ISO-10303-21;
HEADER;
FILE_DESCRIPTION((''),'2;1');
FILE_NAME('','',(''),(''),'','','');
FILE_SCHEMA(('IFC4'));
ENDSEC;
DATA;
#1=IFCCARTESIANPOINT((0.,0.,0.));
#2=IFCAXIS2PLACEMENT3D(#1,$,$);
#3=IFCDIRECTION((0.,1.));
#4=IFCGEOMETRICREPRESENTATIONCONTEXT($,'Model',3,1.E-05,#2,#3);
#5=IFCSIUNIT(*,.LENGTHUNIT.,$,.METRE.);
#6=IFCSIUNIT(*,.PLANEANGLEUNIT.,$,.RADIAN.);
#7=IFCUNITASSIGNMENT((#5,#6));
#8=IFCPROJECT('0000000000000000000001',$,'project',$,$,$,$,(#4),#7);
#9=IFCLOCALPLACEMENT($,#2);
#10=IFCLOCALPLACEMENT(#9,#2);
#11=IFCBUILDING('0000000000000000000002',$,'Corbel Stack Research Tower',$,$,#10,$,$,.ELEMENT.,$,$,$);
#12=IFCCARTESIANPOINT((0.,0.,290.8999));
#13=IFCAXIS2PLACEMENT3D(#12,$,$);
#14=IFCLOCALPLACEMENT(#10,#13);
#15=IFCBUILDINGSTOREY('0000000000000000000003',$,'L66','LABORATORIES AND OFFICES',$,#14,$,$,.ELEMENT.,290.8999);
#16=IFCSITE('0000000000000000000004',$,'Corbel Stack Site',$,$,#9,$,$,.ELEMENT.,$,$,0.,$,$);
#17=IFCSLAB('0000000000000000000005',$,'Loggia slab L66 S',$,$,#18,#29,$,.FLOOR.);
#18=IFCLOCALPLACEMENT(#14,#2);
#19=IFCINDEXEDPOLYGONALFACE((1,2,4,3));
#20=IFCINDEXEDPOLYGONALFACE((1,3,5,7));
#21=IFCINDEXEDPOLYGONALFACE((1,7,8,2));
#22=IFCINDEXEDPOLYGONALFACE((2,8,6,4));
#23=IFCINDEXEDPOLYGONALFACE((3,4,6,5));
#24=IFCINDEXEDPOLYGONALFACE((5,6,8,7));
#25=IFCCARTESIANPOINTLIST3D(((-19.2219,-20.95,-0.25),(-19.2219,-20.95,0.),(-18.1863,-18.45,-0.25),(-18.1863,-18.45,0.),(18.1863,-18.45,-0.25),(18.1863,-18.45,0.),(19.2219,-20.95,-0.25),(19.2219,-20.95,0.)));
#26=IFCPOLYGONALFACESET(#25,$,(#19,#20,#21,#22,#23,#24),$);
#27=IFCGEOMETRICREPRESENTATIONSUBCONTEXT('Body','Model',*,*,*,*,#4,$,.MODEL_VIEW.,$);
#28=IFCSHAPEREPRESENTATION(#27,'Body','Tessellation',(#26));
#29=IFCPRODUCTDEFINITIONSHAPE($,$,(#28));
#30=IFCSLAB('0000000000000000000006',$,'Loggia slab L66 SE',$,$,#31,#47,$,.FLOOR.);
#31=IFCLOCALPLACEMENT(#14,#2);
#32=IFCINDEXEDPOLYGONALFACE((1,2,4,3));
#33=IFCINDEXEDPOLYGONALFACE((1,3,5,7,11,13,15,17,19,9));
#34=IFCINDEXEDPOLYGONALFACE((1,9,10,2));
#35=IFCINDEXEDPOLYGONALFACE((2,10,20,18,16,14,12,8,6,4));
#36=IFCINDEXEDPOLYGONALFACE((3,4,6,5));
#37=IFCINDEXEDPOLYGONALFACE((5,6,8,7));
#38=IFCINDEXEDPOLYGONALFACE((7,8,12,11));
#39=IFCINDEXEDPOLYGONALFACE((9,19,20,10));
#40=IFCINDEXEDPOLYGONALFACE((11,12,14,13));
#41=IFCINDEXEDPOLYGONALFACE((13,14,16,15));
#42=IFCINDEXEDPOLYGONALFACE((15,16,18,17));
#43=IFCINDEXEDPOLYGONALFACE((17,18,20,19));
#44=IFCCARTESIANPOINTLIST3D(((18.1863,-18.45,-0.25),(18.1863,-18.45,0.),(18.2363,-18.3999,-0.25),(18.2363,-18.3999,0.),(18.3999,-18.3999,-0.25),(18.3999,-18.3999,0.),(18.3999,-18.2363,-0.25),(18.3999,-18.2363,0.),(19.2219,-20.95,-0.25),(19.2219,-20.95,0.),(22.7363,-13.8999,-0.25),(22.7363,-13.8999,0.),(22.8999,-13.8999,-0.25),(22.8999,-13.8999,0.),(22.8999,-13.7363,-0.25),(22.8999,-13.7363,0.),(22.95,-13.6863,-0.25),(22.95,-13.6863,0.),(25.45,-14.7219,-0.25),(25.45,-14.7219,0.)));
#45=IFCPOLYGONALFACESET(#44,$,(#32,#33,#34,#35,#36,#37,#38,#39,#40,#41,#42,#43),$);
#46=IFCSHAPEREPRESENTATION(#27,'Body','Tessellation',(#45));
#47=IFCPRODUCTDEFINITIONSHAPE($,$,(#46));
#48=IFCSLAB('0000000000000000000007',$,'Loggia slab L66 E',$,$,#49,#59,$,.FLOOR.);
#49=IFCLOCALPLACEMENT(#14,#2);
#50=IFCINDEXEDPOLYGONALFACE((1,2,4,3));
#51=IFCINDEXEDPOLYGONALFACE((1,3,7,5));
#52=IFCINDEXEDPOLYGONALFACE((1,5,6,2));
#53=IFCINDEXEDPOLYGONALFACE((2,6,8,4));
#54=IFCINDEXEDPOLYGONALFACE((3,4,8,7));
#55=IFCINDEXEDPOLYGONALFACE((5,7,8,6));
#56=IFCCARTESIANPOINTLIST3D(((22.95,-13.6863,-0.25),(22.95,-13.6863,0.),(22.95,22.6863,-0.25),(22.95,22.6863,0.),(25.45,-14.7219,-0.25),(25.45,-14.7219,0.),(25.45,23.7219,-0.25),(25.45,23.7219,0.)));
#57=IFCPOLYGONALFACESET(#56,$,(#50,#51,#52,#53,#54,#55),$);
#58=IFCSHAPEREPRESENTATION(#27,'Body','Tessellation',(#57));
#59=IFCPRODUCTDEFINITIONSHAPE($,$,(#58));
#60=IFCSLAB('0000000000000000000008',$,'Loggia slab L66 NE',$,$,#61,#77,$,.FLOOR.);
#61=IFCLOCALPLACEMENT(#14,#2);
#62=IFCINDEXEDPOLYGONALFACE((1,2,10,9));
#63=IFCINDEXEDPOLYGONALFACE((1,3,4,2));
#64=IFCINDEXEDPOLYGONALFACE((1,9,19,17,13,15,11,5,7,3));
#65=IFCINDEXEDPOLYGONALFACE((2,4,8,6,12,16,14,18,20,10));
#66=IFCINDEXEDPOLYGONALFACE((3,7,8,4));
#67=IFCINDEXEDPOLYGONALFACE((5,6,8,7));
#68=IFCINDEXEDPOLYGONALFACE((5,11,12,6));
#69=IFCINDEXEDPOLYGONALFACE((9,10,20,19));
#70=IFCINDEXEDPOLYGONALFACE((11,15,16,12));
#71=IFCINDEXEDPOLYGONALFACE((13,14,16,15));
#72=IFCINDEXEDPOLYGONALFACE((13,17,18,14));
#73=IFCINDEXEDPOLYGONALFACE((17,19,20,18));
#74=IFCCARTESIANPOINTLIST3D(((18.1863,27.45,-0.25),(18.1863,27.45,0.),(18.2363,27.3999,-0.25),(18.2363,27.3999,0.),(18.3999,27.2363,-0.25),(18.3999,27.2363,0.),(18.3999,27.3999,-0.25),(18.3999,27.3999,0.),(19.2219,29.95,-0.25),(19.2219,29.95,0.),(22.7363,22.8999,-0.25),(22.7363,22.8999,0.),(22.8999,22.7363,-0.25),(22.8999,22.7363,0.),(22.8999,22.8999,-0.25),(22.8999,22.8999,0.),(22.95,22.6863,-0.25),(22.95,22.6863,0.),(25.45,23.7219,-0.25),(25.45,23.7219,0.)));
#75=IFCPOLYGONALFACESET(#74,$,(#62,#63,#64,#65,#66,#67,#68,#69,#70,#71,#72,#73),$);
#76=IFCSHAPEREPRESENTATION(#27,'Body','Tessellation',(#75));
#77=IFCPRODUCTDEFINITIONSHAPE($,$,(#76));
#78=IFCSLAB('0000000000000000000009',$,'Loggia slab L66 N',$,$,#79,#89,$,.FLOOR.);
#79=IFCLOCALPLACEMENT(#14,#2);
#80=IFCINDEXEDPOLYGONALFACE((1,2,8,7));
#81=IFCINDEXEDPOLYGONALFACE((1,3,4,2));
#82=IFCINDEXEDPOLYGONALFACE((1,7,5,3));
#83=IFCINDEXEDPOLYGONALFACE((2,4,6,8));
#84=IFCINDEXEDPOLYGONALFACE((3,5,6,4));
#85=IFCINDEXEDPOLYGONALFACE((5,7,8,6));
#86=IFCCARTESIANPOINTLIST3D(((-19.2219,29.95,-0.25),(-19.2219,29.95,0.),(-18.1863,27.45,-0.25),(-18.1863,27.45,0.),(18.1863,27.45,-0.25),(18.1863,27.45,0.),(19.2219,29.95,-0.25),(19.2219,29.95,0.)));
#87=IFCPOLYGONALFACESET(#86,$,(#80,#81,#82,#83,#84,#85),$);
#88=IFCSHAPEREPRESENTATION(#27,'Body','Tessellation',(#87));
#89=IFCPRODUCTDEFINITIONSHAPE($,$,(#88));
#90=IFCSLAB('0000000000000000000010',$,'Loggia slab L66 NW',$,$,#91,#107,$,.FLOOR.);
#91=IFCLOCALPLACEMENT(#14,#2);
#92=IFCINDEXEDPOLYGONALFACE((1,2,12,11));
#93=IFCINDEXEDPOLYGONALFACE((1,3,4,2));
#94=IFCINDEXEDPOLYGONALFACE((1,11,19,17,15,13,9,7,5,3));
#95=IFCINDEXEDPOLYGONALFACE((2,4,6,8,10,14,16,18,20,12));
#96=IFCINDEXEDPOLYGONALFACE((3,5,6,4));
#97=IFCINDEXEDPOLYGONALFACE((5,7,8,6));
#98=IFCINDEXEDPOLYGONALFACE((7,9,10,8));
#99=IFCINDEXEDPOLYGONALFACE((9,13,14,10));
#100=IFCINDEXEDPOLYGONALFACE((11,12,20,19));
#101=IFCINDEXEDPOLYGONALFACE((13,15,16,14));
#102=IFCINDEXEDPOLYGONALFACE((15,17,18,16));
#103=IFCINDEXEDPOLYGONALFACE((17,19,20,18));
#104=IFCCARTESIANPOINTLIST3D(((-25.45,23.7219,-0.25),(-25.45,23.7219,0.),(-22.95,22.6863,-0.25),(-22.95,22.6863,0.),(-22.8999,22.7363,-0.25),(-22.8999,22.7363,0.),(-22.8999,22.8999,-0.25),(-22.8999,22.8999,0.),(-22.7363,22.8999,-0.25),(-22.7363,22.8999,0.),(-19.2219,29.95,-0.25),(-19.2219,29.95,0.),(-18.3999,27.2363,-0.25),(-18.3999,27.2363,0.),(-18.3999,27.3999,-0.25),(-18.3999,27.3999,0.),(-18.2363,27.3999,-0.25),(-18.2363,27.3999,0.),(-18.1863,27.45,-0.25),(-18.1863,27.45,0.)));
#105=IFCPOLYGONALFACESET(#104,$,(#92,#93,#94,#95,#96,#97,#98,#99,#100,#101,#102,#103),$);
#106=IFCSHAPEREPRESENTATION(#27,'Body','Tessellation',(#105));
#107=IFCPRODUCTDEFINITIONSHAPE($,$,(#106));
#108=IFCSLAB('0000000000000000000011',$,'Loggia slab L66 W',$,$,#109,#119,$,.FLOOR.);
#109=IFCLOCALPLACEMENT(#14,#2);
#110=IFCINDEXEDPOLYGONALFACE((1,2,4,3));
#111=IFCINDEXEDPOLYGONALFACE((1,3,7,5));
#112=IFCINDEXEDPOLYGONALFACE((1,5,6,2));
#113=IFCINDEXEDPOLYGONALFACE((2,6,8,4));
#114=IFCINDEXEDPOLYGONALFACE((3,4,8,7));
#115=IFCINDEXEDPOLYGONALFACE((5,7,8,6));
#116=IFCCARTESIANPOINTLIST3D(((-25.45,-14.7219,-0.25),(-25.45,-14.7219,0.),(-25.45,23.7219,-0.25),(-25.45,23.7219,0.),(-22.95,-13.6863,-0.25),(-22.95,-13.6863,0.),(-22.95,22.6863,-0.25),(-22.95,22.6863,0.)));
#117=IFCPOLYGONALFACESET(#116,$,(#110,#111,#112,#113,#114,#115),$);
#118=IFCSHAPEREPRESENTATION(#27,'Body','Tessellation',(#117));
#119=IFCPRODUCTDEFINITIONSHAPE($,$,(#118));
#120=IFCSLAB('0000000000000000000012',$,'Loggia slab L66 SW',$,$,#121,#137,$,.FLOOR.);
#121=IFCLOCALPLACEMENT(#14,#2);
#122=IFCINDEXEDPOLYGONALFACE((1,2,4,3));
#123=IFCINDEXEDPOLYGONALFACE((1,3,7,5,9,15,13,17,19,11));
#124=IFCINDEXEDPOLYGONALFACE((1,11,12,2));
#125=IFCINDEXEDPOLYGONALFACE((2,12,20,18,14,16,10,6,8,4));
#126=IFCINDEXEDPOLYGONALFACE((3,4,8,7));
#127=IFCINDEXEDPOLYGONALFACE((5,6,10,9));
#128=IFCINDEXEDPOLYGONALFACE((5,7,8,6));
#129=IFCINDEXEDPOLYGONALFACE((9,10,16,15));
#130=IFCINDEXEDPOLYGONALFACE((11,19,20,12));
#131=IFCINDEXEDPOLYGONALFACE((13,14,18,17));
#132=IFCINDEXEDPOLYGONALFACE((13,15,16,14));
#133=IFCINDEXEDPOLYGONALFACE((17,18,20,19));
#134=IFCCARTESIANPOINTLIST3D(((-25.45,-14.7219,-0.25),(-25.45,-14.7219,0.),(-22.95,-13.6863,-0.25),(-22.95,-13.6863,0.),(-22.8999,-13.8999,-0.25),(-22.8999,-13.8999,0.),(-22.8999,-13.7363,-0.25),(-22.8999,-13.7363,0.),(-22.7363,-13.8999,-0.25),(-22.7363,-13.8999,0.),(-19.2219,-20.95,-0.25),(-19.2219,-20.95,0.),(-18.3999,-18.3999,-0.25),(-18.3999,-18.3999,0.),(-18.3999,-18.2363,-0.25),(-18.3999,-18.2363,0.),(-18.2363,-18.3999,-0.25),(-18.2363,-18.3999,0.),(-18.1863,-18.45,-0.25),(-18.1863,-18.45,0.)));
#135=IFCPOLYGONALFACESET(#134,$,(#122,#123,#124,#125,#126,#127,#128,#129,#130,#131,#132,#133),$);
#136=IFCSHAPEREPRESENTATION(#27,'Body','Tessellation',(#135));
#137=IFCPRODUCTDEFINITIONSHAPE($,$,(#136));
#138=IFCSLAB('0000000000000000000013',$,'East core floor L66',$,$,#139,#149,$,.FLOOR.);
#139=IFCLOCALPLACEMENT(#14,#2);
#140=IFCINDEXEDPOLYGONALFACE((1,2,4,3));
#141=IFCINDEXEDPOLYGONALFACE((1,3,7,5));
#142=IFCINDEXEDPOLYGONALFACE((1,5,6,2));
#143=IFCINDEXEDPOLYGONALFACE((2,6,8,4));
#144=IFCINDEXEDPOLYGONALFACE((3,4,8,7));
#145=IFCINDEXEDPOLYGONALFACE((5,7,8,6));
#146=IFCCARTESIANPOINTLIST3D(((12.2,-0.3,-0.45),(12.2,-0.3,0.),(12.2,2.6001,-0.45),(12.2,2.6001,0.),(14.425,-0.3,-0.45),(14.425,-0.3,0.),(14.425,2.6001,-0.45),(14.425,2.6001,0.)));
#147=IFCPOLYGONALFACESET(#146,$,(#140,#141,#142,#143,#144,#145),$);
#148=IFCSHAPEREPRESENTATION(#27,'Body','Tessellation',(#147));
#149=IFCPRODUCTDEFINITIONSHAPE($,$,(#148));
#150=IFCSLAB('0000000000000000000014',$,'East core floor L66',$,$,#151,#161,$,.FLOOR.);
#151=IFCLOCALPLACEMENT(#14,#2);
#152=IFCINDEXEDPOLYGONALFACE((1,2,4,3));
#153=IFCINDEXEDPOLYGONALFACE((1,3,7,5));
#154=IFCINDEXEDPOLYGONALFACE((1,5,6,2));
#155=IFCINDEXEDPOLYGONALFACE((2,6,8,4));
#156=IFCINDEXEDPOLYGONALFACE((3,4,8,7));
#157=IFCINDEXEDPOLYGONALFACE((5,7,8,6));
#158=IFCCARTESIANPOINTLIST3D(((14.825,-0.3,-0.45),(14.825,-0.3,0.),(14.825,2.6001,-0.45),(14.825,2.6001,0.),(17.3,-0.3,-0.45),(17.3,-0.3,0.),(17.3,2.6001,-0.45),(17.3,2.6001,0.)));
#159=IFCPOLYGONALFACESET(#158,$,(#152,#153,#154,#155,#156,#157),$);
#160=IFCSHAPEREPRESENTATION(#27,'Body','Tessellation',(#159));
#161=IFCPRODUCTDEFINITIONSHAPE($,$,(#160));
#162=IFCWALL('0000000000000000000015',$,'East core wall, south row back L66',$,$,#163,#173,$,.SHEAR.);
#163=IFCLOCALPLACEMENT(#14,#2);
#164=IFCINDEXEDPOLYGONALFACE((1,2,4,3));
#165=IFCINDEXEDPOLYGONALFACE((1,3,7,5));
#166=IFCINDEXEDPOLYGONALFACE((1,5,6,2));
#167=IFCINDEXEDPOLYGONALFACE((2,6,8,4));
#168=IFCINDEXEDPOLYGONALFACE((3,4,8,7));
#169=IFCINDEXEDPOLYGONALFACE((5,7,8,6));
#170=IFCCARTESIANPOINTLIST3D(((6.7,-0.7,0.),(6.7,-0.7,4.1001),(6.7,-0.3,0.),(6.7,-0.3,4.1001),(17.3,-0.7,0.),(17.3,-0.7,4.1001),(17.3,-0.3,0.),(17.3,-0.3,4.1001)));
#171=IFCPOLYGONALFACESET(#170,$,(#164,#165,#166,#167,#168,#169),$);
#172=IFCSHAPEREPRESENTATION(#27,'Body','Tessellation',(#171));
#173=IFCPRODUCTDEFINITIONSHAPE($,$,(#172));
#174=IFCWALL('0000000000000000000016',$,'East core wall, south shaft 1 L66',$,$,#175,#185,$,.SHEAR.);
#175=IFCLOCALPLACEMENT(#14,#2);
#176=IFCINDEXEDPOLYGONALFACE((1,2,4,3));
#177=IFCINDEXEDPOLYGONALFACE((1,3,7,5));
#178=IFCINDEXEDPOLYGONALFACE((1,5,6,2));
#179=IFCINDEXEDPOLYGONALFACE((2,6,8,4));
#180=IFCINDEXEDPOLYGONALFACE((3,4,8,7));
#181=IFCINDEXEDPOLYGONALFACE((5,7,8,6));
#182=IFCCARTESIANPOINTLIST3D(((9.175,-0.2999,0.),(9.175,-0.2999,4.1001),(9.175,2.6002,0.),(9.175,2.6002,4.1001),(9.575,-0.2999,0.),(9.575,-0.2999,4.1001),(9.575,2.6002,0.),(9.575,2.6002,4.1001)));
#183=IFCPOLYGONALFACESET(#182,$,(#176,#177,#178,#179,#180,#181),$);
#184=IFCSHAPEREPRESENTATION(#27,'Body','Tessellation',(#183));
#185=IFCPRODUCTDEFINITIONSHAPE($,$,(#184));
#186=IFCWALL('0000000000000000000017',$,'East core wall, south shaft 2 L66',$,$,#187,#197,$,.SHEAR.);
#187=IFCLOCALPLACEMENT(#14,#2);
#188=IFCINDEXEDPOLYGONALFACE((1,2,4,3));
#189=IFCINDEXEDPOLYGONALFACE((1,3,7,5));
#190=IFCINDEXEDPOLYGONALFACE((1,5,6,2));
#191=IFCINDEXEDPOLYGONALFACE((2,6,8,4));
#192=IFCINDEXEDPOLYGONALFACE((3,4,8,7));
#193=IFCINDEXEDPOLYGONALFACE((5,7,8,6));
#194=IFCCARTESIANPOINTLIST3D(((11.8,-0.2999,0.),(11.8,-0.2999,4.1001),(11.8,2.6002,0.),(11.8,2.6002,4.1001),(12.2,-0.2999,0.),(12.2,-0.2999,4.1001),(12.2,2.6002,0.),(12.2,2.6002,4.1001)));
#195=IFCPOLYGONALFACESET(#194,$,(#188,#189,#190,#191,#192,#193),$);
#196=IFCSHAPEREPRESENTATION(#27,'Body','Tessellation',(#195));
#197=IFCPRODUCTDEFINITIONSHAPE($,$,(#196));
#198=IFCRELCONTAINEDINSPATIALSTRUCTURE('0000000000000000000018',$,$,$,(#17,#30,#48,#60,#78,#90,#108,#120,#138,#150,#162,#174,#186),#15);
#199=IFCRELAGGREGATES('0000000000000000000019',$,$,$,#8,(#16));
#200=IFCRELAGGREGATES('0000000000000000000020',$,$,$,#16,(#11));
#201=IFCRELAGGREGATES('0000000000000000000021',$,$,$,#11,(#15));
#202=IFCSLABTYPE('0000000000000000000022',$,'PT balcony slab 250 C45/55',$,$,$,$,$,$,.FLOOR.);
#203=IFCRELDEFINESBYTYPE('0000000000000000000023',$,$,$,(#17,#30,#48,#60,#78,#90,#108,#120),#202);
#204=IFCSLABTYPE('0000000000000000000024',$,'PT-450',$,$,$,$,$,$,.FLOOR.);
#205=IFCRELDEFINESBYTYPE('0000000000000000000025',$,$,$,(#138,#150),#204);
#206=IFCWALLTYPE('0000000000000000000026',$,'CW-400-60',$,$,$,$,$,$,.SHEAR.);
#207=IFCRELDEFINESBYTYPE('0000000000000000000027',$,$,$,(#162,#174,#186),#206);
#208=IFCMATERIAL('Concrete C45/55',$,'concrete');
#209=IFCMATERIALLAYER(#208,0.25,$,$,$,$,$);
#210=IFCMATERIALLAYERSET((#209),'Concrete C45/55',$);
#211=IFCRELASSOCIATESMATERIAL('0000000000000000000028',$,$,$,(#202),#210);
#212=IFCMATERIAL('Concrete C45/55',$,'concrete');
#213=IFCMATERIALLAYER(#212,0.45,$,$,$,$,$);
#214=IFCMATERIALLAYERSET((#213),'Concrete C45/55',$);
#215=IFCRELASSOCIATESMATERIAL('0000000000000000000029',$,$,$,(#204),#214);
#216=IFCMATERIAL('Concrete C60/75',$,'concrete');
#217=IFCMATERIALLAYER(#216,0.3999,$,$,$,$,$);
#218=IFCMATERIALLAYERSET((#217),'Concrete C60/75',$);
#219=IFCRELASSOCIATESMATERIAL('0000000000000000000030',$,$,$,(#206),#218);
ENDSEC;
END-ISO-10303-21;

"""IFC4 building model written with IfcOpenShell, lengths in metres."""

from ifc_helpers import new_model, si_unit, direction, frame, frame_2d, origin, place, context, subcontext, project, spatial, polyline, rectangle, outline, extrude, material, layer, layer_set, type_object, element, save


model = new_model("IFC4")

# Units and contexts
model_context = context("Model", 3, precision=1e-05, world=origin(), true_north=direction((0.0, 1.0)))
body_context = subcontext(model_context, "Body", "Model", "MODEL_VIEW")
ifc_project = project(units=[si_unit("LENGTHUNIT", "METRE"), si_unit("PLANEANGLEUNIT", "RADIAN")], contexts=[model_context])

# Site, building, storey
site_placement = place(None, origin())
site = spatial("IfcSite", under=ifc_project, at=site_placement, Name="Corbel Stack Site", CompositionType="ELEMENT", RefElevation=0.0)
building_placement = place(site_placement, origin())
building = spatial("IfcBuilding", under=site, at=building_placement, Name="Corbel Stack Research Tower", CompositionType="ELEMENT")
storey_placement = place(building_placement, frame((0.0, 0.0, 290.8999)))
storey = spatial("IfcBuildingStorey", under=building, at=storey_placement, Name="L66", Description="LABORATORIES AND OFFICES", CompositionType="ELEMENT", Elevation=290.8999)

# Slabs
ifc_material_1 = material(Name="Concrete C45/55", Category="concrete")
ifc_layer_1 = layer(ifc_material_1, 0.25)
ifc_layer_set_1 = layer_set([ifc_layer_1], Name="Concrete C45/55")
slab_type_1 = type_object("IfcSlabType", Name="PT balcony slab 250 C45/55", PredefinedType="FLOOR", material=ifc_layer_set_1)
slab_1_placement = place(storey_placement, frame((0.0, 0.0, -0.25)))
element("IfcSlab", 1, at=slab_1_placement, inside=storey, type_object=slab_type_1, Name="Loggia slab L66 S", PredefinedType="FLOOR", context=body_context, shape_type="SweptSolid", body=[
    extrude(outline(polyline([(18.1863, -18.45), (-18.1863, -18.45), (-19.2219, -20.95), (19.2219, -20.95), (18.1863, -18.45)])), origin(), (0.0, 0.0, 1.0), 0.25),
])
slab_2_placement = place(storey_placement, frame((0.0, 0.0, -0.25)))
element("IfcSlab", 2, at=slab_2_placement, inside=storey, type_object=slab_type_1, Name="Loggia slab L66 SE", PredefinedType="FLOOR", context=body_context, shape_type="SweptSolid", body=[
    extrude(outline(polyline([(22.95, -13.6863), (22.8999, -13.7363), (22.8999, -13.8999), (22.7363, -13.8999), (18.3999, -18.2363), (18.3999, -18.3999), (18.2363, -18.3999), (18.1863, -18.45), (19.2219, -20.95), (25.45, -14.7219), (22.95, -13.6863)])), origin(), (0.0, 0.0, 1.0), 0.25),
])
slab_3_placement = place(storey_placement, frame((0.0, 0.0, -0.25)))
element("IfcSlab", 3, at=slab_3_placement, inside=storey, type_object=slab_type_1, Name="Loggia slab L66 E", PredefinedType="FLOOR", context=body_context, shape_type="SweptSolid", body=[
    extrude(outline(polyline([(22.95, 22.6863), (22.95, -13.6863), (25.45, -14.7219), (25.45, 23.7219), (22.95, 22.6863)])), origin(), (0.0, 0.0, 1.0), 0.25),
])
slab_4_placement = place(storey_placement, frame((0.0, 0.0, -0.25)))
element("IfcSlab", 4, at=slab_4_placement, inside=storey, type_object=slab_type_1, Name="Loggia slab L66 NE", PredefinedType="FLOOR", context=body_context, shape_type="SweptSolid", body=[
    extrude(outline(polyline([(18.1863, 27.45), (18.2363, 27.3999), (18.3999, 27.3999), (18.3999, 27.2363), (22.7363, 22.8999), (22.8999, 22.8999), (22.8999, 22.7363), (22.95, 22.6863), (25.45, 23.7219), (19.2219, 29.95), (18.1863, 27.45)])), origin(), (0.0, 0.0, 1.0), 0.25),
])
slab_5_placement = place(storey_placement, frame((0.0, 0.0, -0.25)))
element("IfcSlab", 5, at=slab_5_placement, inside=storey, type_object=slab_type_1, Name="Loggia slab L66 N", PredefinedType="FLOOR", context=body_context, shape_type="SweptSolid", body=[
    extrude(outline(polyline([(-18.1863, 27.45), (18.1863, 27.45), (19.2219, 29.95), (-19.2219, 29.95), (-18.1863, 27.45)])), origin(), (0.0, 0.0, 1.0), 0.25),
])
slab_6_placement = place(storey_placement, frame((0.0, 0.0, -0.25)))
element("IfcSlab", 6, at=slab_6_placement, inside=storey, type_object=slab_type_1, Name="Loggia slab L66 NW", PredefinedType="FLOOR", context=body_context, shape_type="SweptSolid", body=[
    extrude(outline(polyline([(-22.95, 22.6863), (-22.8999, 22.7363), (-22.8999, 22.8999), (-22.7363, 22.8999), (-18.3999, 27.2363), (-18.3999, 27.3999), (-18.2363, 27.3999), (-18.1863, 27.45), (-19.2219, 29.95), (-25.45, 23.7219), (-22.95, 22.6863)])), origin(), (0.0, 0.0, 1.0), 0.25),
])
slab_7_placement = place(storey_placement, frame((0.0, 0.0, -0.25)))
element("IfcSlab", 7, at=slab_7_placement, inside=storey, type_object=slab_type_1, Name="Loggia slab L66 W", PredefinedType="FLOOR", context=body_context, shape_type="SweptSolid", body=[
    extrude(outline(polyline([(-22.95, -13.6863), (-22.95, 22.6863), (-25.45, 23.7219), (-25.45, -14.7219), (-22.95, -13.6863)])), origin(), (0.0, 0.0, 1.0), 0.25),
])
slab_8_placement = place(storey_placement, frame((0.0, 0.0, -0.25)))
element("IfcSlab", 8, at=slab_8_placement, inside=storey, type_object=slab_type_1, Name="Loggia slab L66 SW", PredefinedType="FLOOR", context=body_context, shape_type="SweptSolid", body=[
    extrude(outline(polyline([(-18.1863, -18.45), (-18.2363, -18.3999), (-18.3999, -18.3999), (-18.3999, -18.2363), (-22.7363, -13.8999), (-22.8999, -13.8999), (-22.8999, -13.7363), (-22.95, -13.6863), (-25.45, -14.7219), (-19.2219, -20.95), (-18.1863, -18.45)])), origin(), (0.0, 0.0, 1.0), 0.25),
])
ifc_material_2 = material(Name="Concrete C45/55", Category="concrete")
ifc_layer_2 = layer(ifc_material_2, 0.45)
ifc_layer_set_2 = layer_set([ifc_layer_2], Name="Concrete C45/55")
slab_type_2 = type_object("IfcSlabType", Name="PT-450", PredefinedType="FLOOR", material=ifc_layer_set_2)
slab_9_placement = place(storey_placement, frame((0.0, 0.0, -0.45)))
element("IfcSlab", 9, at=slab_9_placement, inside=storey, type_object=slab_type_2, Name="East core floor L66", PredefinedType="FLOOR", context=body_context, shape_type="SweptSolid", body=[
    extrude(outline(polyline([(12.2, 2.6001), (12.2, -0.3), (14.425, -0.3), (14.425, 2.6001), (12.2, 2.6001)])), origin(), (0.0, 0.0, 1.0), 0.45),
])
slab_10_placement = place(storey_placement, frame((0.0, 0.0, -0.45)))
element("IfcSlab", 10, at=slab_10_placement, inside=storey, type_object=slab_type_2, Name="East core floor L66", PredefinedType="FLOOR", context=body_context, shape_type="SweptSolid", body=[
    extrude(outline(polyline([(14.825, 2.6001), (14.825, -0.3), (17.3, -0.3), (17.3, 2.6001), (14.825, 2.6001)])), origin(), (0.0, 0.0, 1.0), 0.45),
])

# Walls
ifc_material_3 = material(Name="Concrete C60/75", Category="concrete")
ifc_layer_3 = layer(ifc_material_3, 0.3999)
ifc_layer_set_3 = layer_set([ifc_layer_3], Name="Concrete C60/75")
wall_type_1 = type_object("IfcWallType", Name="CW-400-60", PredefinedType="SHEAR", material=ifc_layer_set_3)
wall_1_placement = place(storey_placement, frame((6.7, -0.5, 0.0), z_axis=(0.0, 0.0, 1.0), x_axis=(1.0, 0.0, 0.0)))
element("IfcWall", 11, at=wall_1_placement, inside=storey, type_object=wall_type_1, Name="East core wall, south row back L66", PredefinedType="SHEAR", context=body_context, shape_type="SweptSolid", body=[
    extrude(rectangle(XDim=10.6001, YDim=0.3999, at=frame_2d((5.3, 0.0))), origin(), (0.0, 0.0, 1.0), 4.1001),
])
for number, where, z_axis, x_axis, name in (
    (12, (9.375, -0.3, 0.0), (0.0, 0.0, 1.0), (0.0, 1.0, 0.0), "East core wall, south shaft 1 L66"),
    (13, (12.0, -0.3, 0.0), (0.0, 0.0, 1.0), (0.0, 1.0, 0.0), "East core wall, south shaft 2 L66"),
):
    element("IfcWall", number, at=place(storey_placement, frame(where, z_axis=z_axis, x_axis=x_axis)), inside=storey, type_object=wall_type_1, Name=name, PredefinedType="SHEAR", context=body_context, shape_type="SweptSolid", body=[
        extrude(rectangle(XDim=2.9001, YDim=0.3999, at=frame_2d((1.4502, 0.0))), origin(), (0.0, 0.0, 1.0), 4.1001),
    ])

save(model, "model.ifc")
